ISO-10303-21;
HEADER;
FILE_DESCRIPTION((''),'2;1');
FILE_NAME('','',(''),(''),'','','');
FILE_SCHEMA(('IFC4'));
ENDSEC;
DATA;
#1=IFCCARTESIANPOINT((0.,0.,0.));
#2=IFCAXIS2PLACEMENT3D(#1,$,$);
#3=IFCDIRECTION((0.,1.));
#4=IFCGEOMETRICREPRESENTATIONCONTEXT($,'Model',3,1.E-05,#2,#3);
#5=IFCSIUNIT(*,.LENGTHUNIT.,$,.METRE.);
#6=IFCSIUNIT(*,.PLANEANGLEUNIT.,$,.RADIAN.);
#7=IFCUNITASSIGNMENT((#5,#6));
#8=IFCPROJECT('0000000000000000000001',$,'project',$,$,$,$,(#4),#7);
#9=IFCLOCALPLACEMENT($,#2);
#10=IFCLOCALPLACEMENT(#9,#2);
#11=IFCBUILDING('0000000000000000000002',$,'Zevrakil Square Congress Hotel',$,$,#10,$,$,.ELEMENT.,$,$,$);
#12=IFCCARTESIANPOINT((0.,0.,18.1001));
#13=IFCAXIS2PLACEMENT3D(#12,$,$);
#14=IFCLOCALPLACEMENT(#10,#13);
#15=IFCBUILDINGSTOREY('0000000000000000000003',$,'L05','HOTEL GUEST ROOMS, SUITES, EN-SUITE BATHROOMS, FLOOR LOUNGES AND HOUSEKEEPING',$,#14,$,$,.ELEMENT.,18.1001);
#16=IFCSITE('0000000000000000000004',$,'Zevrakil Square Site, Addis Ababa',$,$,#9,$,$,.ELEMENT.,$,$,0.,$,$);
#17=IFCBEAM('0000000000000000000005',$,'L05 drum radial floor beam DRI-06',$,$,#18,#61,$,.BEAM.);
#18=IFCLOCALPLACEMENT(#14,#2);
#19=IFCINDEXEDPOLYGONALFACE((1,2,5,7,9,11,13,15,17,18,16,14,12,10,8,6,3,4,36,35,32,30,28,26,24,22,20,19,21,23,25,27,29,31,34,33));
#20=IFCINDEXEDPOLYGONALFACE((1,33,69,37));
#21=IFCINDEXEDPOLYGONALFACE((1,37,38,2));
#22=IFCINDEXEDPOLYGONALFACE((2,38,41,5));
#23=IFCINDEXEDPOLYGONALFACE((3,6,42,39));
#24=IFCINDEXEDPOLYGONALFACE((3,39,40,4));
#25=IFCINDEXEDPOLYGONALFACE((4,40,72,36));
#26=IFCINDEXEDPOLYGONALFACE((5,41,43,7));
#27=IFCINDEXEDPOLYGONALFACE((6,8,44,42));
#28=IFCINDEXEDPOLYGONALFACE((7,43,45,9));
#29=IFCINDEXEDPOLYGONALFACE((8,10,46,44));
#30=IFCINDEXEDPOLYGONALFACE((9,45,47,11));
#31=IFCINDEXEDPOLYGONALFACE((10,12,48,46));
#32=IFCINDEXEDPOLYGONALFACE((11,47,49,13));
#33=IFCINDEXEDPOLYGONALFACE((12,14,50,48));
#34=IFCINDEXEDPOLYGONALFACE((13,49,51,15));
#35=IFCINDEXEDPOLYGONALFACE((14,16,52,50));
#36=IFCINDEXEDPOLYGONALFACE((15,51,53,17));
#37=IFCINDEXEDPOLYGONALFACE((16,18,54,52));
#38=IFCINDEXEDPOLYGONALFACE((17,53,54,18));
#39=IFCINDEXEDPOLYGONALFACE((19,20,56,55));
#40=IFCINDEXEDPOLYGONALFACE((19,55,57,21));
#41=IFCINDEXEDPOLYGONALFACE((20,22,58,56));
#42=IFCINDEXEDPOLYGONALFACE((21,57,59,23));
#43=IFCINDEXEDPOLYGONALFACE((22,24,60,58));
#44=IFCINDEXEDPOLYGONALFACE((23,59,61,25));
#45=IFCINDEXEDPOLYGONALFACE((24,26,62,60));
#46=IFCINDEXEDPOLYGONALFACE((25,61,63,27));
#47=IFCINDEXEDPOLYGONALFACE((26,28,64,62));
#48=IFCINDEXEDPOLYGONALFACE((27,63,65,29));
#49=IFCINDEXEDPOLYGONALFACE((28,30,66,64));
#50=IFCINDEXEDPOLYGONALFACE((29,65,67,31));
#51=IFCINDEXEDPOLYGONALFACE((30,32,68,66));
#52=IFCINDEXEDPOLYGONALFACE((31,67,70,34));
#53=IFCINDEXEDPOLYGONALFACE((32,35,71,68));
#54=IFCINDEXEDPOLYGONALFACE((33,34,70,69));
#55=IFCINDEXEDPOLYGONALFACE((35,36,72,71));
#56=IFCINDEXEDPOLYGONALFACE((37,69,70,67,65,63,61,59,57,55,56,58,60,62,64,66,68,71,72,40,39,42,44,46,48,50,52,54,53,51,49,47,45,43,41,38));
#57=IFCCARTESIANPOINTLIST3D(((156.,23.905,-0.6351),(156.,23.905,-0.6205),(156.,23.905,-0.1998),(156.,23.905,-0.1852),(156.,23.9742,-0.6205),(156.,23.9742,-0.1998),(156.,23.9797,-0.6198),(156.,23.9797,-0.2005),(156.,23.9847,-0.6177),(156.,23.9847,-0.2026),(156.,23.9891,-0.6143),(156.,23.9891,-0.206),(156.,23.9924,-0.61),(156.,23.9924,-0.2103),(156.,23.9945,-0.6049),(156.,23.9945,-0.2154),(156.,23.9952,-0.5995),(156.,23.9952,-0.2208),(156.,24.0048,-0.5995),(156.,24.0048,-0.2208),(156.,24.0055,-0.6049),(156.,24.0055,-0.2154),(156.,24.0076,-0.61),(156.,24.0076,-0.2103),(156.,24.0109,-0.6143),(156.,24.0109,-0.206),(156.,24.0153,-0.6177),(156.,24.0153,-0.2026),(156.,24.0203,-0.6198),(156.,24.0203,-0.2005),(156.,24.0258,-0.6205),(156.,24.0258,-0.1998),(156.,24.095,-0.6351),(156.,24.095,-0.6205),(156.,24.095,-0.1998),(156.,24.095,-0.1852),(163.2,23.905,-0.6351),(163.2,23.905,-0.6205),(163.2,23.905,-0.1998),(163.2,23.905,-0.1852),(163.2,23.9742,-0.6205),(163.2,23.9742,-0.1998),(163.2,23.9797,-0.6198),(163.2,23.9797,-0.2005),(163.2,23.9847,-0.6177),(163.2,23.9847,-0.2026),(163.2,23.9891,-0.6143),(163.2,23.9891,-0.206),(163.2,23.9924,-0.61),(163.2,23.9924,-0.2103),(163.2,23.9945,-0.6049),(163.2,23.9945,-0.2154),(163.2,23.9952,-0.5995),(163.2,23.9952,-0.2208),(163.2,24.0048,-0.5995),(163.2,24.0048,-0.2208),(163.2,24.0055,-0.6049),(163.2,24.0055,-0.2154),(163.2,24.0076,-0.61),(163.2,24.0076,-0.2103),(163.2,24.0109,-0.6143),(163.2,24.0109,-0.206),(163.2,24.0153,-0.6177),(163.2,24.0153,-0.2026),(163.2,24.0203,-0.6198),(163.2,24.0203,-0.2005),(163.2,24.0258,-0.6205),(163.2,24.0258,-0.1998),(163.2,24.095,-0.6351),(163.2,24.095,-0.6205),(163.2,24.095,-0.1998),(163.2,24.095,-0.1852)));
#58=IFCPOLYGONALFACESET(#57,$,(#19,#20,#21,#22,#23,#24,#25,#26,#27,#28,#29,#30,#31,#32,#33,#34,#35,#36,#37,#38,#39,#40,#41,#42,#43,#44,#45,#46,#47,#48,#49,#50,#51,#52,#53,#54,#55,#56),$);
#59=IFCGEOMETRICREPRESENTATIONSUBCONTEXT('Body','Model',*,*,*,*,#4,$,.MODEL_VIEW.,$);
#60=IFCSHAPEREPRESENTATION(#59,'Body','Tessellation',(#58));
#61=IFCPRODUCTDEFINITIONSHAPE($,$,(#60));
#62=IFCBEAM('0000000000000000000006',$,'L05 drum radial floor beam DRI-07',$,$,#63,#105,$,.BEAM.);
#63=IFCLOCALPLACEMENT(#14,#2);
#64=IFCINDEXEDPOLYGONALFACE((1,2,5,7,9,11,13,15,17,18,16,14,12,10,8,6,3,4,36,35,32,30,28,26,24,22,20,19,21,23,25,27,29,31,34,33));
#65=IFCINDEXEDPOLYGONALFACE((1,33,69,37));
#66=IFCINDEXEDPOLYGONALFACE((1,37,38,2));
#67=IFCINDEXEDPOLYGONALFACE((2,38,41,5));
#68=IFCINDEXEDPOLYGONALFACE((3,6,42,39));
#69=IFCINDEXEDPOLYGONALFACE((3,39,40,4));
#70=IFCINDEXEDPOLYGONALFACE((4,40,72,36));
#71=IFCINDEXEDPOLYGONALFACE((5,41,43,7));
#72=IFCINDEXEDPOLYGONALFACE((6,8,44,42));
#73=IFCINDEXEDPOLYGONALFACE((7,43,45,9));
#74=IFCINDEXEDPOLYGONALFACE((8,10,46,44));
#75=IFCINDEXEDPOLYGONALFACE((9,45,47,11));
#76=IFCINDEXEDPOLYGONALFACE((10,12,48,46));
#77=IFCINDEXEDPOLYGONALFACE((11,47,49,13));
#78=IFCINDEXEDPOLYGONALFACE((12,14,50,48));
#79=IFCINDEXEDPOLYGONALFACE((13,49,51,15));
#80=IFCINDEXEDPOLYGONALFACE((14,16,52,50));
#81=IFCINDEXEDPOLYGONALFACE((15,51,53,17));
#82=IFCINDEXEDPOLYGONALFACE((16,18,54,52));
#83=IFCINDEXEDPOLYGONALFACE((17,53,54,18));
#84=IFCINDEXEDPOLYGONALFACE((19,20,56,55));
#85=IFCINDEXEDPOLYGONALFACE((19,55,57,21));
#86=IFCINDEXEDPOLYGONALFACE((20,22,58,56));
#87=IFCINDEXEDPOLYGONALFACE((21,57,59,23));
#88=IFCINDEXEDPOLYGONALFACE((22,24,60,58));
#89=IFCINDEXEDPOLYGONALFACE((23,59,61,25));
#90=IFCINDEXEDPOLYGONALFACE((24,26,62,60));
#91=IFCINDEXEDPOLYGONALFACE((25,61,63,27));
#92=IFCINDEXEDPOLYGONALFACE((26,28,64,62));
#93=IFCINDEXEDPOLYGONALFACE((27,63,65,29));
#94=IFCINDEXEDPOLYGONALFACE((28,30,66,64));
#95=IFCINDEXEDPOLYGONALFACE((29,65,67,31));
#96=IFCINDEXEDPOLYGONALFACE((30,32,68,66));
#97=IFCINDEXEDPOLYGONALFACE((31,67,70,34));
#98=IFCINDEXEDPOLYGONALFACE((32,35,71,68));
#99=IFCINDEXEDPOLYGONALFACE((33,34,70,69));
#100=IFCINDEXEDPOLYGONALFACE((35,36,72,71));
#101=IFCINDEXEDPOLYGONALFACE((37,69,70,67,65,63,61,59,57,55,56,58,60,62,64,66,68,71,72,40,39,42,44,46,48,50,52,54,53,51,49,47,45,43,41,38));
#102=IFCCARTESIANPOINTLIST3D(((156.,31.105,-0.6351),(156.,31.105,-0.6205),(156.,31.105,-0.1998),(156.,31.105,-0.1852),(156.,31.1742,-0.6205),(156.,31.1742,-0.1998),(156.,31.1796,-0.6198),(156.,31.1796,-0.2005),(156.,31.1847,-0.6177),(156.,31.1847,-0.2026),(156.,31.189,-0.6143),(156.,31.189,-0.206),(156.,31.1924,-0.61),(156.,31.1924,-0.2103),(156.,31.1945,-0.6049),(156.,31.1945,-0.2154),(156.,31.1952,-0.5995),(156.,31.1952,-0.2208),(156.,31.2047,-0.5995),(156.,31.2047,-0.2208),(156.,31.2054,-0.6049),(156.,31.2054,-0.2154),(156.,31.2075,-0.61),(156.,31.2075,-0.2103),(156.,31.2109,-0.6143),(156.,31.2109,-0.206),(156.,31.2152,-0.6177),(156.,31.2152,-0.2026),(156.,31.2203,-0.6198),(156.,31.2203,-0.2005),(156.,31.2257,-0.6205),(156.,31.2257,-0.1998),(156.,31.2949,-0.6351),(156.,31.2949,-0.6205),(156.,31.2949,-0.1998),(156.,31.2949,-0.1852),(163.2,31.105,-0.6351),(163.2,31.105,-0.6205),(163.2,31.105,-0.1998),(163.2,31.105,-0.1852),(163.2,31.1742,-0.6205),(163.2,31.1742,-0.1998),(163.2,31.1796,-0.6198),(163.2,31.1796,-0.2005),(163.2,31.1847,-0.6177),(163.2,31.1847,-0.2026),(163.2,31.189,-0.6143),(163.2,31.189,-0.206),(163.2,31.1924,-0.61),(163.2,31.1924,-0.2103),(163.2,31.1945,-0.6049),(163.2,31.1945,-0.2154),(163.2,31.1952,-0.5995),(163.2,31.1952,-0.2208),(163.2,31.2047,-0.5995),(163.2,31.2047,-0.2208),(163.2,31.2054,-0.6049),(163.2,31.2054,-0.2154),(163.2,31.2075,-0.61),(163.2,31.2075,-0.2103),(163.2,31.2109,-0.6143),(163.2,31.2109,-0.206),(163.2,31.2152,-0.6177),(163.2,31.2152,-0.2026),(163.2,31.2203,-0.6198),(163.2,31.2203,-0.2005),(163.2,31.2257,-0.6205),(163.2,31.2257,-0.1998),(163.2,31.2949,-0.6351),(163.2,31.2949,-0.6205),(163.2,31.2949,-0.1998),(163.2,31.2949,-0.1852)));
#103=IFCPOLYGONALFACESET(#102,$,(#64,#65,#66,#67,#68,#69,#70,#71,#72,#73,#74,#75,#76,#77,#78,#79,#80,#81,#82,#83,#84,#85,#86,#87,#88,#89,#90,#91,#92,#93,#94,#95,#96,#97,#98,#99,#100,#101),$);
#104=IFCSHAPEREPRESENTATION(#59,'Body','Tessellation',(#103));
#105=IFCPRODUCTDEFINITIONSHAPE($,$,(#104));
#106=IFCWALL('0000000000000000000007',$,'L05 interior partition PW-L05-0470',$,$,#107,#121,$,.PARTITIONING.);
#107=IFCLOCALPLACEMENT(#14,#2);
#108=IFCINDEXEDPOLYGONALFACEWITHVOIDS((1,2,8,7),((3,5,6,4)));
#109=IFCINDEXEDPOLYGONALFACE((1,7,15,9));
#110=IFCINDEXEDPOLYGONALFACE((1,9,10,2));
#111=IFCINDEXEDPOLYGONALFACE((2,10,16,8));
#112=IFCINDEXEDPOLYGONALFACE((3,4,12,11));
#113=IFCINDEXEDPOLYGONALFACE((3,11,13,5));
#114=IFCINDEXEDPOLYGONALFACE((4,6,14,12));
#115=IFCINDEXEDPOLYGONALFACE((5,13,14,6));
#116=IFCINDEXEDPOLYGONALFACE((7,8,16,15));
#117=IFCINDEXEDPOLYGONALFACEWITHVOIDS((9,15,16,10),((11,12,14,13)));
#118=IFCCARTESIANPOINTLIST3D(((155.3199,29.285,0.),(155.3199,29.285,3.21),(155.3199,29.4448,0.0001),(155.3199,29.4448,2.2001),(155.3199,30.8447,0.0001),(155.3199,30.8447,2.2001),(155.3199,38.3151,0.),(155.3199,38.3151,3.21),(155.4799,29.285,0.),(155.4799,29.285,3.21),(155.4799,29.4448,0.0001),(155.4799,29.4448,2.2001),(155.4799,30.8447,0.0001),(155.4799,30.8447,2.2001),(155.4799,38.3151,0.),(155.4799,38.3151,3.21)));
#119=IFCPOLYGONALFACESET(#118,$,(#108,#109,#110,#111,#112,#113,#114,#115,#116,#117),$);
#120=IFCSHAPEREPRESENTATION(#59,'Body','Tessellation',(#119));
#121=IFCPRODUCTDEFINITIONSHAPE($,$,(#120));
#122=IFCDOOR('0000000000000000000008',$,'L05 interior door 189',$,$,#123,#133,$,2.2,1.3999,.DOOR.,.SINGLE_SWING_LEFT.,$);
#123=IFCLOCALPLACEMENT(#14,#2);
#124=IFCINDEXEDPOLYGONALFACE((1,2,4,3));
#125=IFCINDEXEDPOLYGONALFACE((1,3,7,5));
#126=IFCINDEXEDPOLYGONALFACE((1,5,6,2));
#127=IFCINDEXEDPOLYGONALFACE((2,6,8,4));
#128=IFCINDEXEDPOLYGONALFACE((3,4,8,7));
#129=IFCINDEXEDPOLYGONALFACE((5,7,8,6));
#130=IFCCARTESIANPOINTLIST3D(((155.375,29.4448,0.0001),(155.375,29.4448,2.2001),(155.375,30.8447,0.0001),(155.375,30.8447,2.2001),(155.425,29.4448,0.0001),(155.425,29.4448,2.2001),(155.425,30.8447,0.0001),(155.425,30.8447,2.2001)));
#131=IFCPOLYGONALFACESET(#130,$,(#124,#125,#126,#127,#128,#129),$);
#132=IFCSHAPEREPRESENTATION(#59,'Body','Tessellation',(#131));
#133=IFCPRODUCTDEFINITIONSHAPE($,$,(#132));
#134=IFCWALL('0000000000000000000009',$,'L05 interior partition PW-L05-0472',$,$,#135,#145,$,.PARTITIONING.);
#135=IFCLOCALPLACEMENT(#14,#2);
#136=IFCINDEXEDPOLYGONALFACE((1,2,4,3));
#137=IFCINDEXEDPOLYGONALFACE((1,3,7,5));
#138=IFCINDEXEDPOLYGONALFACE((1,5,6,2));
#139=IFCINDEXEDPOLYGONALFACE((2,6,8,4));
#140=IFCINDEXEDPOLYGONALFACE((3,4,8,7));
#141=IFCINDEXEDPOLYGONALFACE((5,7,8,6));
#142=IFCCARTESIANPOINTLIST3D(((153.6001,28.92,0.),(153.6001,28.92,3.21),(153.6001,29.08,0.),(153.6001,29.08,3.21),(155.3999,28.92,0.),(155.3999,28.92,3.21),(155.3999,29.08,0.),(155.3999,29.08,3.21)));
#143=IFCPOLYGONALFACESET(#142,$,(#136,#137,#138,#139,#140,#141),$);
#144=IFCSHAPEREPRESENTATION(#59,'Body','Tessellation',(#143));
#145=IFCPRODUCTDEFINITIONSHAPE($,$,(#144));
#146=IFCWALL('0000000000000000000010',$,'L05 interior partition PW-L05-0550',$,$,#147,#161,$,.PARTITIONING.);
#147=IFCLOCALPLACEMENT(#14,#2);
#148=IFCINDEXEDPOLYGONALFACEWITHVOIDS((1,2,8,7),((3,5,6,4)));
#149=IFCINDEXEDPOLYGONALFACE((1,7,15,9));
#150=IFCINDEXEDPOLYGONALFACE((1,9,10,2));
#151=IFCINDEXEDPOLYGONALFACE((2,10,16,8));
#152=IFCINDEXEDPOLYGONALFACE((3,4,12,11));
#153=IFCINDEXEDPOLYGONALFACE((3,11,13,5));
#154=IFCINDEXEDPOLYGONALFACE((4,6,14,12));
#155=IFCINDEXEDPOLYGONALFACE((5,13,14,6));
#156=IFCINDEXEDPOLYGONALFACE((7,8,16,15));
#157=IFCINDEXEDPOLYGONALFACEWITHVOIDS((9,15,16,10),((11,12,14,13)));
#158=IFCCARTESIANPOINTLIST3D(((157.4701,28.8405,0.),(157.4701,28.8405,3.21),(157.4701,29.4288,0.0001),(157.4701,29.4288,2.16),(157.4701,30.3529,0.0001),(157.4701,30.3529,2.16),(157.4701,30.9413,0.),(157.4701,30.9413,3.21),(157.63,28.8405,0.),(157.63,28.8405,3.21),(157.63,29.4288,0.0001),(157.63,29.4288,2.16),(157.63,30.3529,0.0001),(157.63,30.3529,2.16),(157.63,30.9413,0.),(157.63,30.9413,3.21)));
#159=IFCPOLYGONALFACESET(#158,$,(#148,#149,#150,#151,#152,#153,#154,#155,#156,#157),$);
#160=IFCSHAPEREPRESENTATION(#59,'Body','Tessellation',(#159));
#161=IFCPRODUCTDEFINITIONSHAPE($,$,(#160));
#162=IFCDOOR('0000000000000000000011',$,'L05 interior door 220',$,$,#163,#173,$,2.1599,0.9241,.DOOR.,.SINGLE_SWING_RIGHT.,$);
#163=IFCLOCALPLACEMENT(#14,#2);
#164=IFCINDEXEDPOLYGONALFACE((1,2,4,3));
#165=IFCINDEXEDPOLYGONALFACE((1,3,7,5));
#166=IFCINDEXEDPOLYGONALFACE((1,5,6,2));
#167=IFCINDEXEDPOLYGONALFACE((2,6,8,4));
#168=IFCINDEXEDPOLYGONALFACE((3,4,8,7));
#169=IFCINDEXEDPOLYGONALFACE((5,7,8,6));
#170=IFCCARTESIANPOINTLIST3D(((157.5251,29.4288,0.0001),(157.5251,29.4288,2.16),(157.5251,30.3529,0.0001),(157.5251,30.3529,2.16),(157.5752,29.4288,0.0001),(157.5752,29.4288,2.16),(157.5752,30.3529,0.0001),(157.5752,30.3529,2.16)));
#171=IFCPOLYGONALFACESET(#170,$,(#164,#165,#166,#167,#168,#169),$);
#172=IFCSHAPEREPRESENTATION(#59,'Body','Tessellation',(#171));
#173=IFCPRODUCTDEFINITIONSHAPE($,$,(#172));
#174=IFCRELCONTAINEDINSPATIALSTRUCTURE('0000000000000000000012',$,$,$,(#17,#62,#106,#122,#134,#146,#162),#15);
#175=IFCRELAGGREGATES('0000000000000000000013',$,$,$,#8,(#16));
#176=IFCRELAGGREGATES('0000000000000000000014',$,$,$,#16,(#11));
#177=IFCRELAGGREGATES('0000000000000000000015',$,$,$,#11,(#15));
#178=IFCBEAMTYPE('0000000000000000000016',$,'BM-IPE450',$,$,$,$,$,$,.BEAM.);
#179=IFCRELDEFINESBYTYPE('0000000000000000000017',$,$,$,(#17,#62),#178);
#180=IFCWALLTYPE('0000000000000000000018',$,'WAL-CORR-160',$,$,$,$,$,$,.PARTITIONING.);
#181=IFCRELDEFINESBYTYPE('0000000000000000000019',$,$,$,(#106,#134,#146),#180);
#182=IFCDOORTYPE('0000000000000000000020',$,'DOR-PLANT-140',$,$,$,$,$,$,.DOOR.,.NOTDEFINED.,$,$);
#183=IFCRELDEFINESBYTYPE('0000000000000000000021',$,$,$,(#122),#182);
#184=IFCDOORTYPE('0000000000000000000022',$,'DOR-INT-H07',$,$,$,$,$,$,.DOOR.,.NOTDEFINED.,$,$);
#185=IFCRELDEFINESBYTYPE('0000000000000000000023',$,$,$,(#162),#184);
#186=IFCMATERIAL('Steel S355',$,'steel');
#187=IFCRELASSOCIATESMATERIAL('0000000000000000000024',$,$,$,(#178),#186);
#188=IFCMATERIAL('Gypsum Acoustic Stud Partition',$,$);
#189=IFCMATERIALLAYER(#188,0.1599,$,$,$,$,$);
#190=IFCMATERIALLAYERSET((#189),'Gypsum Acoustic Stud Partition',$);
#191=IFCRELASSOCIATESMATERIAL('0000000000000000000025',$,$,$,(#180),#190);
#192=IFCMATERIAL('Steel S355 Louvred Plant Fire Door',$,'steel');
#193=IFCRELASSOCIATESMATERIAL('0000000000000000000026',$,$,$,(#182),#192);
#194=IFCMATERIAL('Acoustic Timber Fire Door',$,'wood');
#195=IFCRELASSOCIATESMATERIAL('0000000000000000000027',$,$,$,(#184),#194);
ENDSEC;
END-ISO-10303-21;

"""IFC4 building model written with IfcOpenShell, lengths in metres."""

from ifc_helpers import new_model, si_unit, direction, frame, frame_2d, origin, origin_2d, place, context, subcontext, project, spatial, rectangle, i_section, extrude, material, layer, layer_set, material_profile, profile_set, type_object, element, fill, save


model = new_model("IFC4")

# Units and contexts
model_context = context("Model", 3, precision=1e-05, world=origin(), true_north=direction((0.0, 1.0)))
body_context = subcontext(model_context, "Body", "Model", "MODEL_VIEW")
ifc_project = project(units=[si_unit("LENGTHUNIT", "METRE"), si_unit("PLANEANGLEUNIT", "RADIAN")], contexts=[model_context])

# Site, building, storey
site_placement = place(None, origin())
site = spatial("IfcSite", under=ifc_project, at=site_placement, Name="Zevrakil Square Site, Addis Ababa", CompositionType="ELEMENT", RefElevation=0.0)
building_placement = place(site_placement, origin())
building = spatial("IfcBuilding", under=site, at=building_placement, Name="Zevrakil Square Congress Hotel", CompositionType="ELEMENT")
storey_placement = place(building_placement, frame((0.0, 0.0, 18.1001)))
storey = spatial("IfcBuildingStorey", under=building, at=storey_placement, Name="L05", Description="HOTEL GUEST ROOMS, SUITES, EN-SUITE BATHROOMS, FLOOR LOUNGES AND HOUSEKEEPING", CompositionType="ELEMENT", Elevation=18.1001)

# Beams
ifc_material_1 = material(Name="Steel S355", Category="steel")
ifc_material_profile = material_profile(ifc_material_1, i_section(OverallWidth=0.1899, OverallDepth=0.45, WebThickness=0.0095, FlangeThickness=0.0146, FilletRadius=0.021, at=origin_2d()), Name="IPE 450")
ifc_profile_set = profile_set([ifc_material_profile], Name="Steel S355")
beam_type = type_object("IfcBeamType", Name="BM-IPE450", PredefinedType="BEAM", material=ifc_profile_set)
for number, where, z_axis, x_axis, name in (
    (1, (156.0, 24.0, -0.4102), (1.0, 0.0, 0.0), (0.0, 1.0, 0.0), "L05 drum radial floor beam DRI-06"),
    (2, (156.0, 31.2, -0.4102), (1.0, 0.0, 0.0), (0.0, 1.0, 0.0), "L05 drum radial floor beam DRI-07"),
):
    element("IfcBeam", number, at=place(storey_placement, frame(where, z_axis=z_axis, x_axis=x_axis)), inside=storey, type_object=beam_type, Name=name, PredefinedType="BEAM", context=body_context, shape_type="SweptSolid", body=[
        extrude(i_section(OverallWidth=0.1899, OverallDepth=0.45, WebThickness=0.0095, FlangeThickness=0.0146, FilletRadius=0.021, at=origin_2d()), origin(), (0.0, 0.0, 1.0), 7.2),
    ])

# Wall, opening, door
ifc_material_2 = material(Name="Gypsum Acoustic Stud Partition")
ifc_layer_1 = layer(ifc_material_2, 0.1599)
ifc_layer_set_1 = layer_set([ifc_layer_1], Name="Gypsum Acoustic Stud Partition")
wall_type_1 = type_object("IfcWallType", Name="WAL-CORR-160", PredefinedType="PARTITIONING", material=ifc_layer_set_1)
wall_1_placement = place(storey_placement, frame((155.3999, 29.2849, 0.0), z_axis=(0.0, 0.0, 1.0), x_axis=(0.0, 1.0, 0.0)))
wall_1 = element("IfcWall", 3, at=wall_1_placement, inside=storey, type_object=wall_type_1, Name="L05 interior partition PW-L05-0470", PredefinedType="PARTITIONING", context=body_context, shape_type="SweptSolid", body=[
    extrude(rectangle(XDim=9.03, YDim=0.1599, at=frame_2d((4.5151, 0.0))), origin(), (0.0, 0.0, 1.0), 3.21),
])
opening_1_placement = place(wall_1_placement, frame((0.1599, 0.0, 0.0)))
opening_1 = element("IfcOpeningElement", 4, at=opening_1_placement, cuts=wall_1, PredefinedType="OPENING", context=body_context, shape_type="SweptSolid", body=[
    extrude(rectangle(XDim=1.3999, YDim=2.2, at=frame_2d((0.7, 1.1001))), frame((0.0, 0.0898, 0.0), z_axis=(0.0, -1.0, 0.0), x_axis=(1.0, 0.0, 0.0)), (0.0, 0.0, 1.0), 0.1799),
])
ifc_material_3 = material(Name="Steel S355 Louvred Plant Fire Door", Category="steel")
door_type_1 = type_object("IfcDoorType", Name="DOR-PLANT-140", OperationType="NOTDEFINED", PredefinedType="DOOR", material=ifc_material_3)
door_1_placement = place(opening_1_placement, origin())
door_1 = element("IfcDoor", 5, at=door_1_placement, inside=storey, type_object=door_type_1, Name="L05 interior door 189", OperationType="SINGLE_SWING_LEFT", OverallHeight=2.2, OverallWidth=1.3999, PredefinedType="DOOR", context=body_context, shape_type="SweptSolid", body=[
    extrude(rectangle(XDim=1.3999, YDim=2.2, at=frame_2d((0.7, 1.1001))), frame((0.0, 0.0249, 0.0), z_axis=(0.0, -1.0, 0.0), x_axis=(1.0, 0.0, 0.0)), (0.0, 0.0, 1.0), 0.05),
])
fill(opening_1, door_1)

# Wall
wall_2_placement = place(storey_placement, frame((153.6001, 29.0, 0.0), z_axis=(0.0, 0.0, 1.0), x_axis=(1.0, 0.0, 0.0)))
element("IfcWall", 6, at=wall_2_placement, inside=storey, type_object=wall_type_1, Name="L05 interior partition PW-L05-0472", PredefinedType="PARTITIONING", context=body_context, shape_type="SweptSolid", body=[
    extrude(rectangle(XDim=1.7998, YDim=0.1599, at=frame_2d((0.8999, 0.0))), origin(), (0.0, 0.0, 1.0), 3.21),
])

# Wall, opening, door
wall_3_placement = place(storey_placement, frame((157.55, 28.8406, 0.0), z_axis=(0.0, 0.0, 1.0), x_axis=(0.0, 1.0, 0.0)))
wall_3 = element("IfcWall", 7, at=wall_3_placement, inside=storey, type_object=wall_type_1, Name="L05 interior partition PW-L05-0550", PredefinedType="PARTITIONING", context=body_context, shape_type="SweptSolid", body=[
    extrude(rectangle(XDim=2.1008, YDim=0.1599, at=frame_2d((1.0503, 0.0))), origin(), (0.0, 0.0, 1.0), 3.21),
])
opening_2_placement = place(wall_3_placement, frame((0.5884, 0.0, 0.0)))
opening_2 = element("IfcOpeningElement", 8, at=opening_2_placement, cuts=wall_3, PredefinedType="OPENING", context=body_context, shape_type="SweptSolid", body=[
    extrude(rectangle(XDim=0.9241, YDim=2.1599, at=frame_2d((0.4619, 1.0801))), frame((0.0, 0.0898, 0.0), z_axis=(0.0, -1.0, 0.0), x_axis=(1.0, 0.0, 0.0)), (0.0, 0.0, 1.0), 0.1799),
])
ifc_material_4 = material(Name="Acoustic Timber Fire Door", Category="wood")
door_type_2 = type_object("IfcDoorType", Name="DOR-INT-H07", OperationType="NOTDEFINED", PredefinedType="DOOR", material=ifc_material_4)
door_2_placement = place(opening_2_placement, origin())
door_2 = element("IfcDoor", 9, at=door_2_placement, inside=storey, type_object=door_type_2, Name="L05 interior door 220", OperationType="SINGLE_SWING_RIGHT", OverallHeight=2.1599, OverallWidth=0.9241, PredefinedType="DOOR", context=body_context, shape_type="SweptSolid", body=[
    extrude(rectangle(XDim=0.9241, YDim=2.1599, at=frame_2d((0.4619, 1.0801))), frame((0.0, 0.0249, 0.0), z_axis=(0.0, -1.0, 0.0), x_axis=(1.0, 0.0, 0.0)), (0.0, 0.0, 1.0), 0.05),
])
fill(opening_2, door_2)

save(model, "model.ifc")
